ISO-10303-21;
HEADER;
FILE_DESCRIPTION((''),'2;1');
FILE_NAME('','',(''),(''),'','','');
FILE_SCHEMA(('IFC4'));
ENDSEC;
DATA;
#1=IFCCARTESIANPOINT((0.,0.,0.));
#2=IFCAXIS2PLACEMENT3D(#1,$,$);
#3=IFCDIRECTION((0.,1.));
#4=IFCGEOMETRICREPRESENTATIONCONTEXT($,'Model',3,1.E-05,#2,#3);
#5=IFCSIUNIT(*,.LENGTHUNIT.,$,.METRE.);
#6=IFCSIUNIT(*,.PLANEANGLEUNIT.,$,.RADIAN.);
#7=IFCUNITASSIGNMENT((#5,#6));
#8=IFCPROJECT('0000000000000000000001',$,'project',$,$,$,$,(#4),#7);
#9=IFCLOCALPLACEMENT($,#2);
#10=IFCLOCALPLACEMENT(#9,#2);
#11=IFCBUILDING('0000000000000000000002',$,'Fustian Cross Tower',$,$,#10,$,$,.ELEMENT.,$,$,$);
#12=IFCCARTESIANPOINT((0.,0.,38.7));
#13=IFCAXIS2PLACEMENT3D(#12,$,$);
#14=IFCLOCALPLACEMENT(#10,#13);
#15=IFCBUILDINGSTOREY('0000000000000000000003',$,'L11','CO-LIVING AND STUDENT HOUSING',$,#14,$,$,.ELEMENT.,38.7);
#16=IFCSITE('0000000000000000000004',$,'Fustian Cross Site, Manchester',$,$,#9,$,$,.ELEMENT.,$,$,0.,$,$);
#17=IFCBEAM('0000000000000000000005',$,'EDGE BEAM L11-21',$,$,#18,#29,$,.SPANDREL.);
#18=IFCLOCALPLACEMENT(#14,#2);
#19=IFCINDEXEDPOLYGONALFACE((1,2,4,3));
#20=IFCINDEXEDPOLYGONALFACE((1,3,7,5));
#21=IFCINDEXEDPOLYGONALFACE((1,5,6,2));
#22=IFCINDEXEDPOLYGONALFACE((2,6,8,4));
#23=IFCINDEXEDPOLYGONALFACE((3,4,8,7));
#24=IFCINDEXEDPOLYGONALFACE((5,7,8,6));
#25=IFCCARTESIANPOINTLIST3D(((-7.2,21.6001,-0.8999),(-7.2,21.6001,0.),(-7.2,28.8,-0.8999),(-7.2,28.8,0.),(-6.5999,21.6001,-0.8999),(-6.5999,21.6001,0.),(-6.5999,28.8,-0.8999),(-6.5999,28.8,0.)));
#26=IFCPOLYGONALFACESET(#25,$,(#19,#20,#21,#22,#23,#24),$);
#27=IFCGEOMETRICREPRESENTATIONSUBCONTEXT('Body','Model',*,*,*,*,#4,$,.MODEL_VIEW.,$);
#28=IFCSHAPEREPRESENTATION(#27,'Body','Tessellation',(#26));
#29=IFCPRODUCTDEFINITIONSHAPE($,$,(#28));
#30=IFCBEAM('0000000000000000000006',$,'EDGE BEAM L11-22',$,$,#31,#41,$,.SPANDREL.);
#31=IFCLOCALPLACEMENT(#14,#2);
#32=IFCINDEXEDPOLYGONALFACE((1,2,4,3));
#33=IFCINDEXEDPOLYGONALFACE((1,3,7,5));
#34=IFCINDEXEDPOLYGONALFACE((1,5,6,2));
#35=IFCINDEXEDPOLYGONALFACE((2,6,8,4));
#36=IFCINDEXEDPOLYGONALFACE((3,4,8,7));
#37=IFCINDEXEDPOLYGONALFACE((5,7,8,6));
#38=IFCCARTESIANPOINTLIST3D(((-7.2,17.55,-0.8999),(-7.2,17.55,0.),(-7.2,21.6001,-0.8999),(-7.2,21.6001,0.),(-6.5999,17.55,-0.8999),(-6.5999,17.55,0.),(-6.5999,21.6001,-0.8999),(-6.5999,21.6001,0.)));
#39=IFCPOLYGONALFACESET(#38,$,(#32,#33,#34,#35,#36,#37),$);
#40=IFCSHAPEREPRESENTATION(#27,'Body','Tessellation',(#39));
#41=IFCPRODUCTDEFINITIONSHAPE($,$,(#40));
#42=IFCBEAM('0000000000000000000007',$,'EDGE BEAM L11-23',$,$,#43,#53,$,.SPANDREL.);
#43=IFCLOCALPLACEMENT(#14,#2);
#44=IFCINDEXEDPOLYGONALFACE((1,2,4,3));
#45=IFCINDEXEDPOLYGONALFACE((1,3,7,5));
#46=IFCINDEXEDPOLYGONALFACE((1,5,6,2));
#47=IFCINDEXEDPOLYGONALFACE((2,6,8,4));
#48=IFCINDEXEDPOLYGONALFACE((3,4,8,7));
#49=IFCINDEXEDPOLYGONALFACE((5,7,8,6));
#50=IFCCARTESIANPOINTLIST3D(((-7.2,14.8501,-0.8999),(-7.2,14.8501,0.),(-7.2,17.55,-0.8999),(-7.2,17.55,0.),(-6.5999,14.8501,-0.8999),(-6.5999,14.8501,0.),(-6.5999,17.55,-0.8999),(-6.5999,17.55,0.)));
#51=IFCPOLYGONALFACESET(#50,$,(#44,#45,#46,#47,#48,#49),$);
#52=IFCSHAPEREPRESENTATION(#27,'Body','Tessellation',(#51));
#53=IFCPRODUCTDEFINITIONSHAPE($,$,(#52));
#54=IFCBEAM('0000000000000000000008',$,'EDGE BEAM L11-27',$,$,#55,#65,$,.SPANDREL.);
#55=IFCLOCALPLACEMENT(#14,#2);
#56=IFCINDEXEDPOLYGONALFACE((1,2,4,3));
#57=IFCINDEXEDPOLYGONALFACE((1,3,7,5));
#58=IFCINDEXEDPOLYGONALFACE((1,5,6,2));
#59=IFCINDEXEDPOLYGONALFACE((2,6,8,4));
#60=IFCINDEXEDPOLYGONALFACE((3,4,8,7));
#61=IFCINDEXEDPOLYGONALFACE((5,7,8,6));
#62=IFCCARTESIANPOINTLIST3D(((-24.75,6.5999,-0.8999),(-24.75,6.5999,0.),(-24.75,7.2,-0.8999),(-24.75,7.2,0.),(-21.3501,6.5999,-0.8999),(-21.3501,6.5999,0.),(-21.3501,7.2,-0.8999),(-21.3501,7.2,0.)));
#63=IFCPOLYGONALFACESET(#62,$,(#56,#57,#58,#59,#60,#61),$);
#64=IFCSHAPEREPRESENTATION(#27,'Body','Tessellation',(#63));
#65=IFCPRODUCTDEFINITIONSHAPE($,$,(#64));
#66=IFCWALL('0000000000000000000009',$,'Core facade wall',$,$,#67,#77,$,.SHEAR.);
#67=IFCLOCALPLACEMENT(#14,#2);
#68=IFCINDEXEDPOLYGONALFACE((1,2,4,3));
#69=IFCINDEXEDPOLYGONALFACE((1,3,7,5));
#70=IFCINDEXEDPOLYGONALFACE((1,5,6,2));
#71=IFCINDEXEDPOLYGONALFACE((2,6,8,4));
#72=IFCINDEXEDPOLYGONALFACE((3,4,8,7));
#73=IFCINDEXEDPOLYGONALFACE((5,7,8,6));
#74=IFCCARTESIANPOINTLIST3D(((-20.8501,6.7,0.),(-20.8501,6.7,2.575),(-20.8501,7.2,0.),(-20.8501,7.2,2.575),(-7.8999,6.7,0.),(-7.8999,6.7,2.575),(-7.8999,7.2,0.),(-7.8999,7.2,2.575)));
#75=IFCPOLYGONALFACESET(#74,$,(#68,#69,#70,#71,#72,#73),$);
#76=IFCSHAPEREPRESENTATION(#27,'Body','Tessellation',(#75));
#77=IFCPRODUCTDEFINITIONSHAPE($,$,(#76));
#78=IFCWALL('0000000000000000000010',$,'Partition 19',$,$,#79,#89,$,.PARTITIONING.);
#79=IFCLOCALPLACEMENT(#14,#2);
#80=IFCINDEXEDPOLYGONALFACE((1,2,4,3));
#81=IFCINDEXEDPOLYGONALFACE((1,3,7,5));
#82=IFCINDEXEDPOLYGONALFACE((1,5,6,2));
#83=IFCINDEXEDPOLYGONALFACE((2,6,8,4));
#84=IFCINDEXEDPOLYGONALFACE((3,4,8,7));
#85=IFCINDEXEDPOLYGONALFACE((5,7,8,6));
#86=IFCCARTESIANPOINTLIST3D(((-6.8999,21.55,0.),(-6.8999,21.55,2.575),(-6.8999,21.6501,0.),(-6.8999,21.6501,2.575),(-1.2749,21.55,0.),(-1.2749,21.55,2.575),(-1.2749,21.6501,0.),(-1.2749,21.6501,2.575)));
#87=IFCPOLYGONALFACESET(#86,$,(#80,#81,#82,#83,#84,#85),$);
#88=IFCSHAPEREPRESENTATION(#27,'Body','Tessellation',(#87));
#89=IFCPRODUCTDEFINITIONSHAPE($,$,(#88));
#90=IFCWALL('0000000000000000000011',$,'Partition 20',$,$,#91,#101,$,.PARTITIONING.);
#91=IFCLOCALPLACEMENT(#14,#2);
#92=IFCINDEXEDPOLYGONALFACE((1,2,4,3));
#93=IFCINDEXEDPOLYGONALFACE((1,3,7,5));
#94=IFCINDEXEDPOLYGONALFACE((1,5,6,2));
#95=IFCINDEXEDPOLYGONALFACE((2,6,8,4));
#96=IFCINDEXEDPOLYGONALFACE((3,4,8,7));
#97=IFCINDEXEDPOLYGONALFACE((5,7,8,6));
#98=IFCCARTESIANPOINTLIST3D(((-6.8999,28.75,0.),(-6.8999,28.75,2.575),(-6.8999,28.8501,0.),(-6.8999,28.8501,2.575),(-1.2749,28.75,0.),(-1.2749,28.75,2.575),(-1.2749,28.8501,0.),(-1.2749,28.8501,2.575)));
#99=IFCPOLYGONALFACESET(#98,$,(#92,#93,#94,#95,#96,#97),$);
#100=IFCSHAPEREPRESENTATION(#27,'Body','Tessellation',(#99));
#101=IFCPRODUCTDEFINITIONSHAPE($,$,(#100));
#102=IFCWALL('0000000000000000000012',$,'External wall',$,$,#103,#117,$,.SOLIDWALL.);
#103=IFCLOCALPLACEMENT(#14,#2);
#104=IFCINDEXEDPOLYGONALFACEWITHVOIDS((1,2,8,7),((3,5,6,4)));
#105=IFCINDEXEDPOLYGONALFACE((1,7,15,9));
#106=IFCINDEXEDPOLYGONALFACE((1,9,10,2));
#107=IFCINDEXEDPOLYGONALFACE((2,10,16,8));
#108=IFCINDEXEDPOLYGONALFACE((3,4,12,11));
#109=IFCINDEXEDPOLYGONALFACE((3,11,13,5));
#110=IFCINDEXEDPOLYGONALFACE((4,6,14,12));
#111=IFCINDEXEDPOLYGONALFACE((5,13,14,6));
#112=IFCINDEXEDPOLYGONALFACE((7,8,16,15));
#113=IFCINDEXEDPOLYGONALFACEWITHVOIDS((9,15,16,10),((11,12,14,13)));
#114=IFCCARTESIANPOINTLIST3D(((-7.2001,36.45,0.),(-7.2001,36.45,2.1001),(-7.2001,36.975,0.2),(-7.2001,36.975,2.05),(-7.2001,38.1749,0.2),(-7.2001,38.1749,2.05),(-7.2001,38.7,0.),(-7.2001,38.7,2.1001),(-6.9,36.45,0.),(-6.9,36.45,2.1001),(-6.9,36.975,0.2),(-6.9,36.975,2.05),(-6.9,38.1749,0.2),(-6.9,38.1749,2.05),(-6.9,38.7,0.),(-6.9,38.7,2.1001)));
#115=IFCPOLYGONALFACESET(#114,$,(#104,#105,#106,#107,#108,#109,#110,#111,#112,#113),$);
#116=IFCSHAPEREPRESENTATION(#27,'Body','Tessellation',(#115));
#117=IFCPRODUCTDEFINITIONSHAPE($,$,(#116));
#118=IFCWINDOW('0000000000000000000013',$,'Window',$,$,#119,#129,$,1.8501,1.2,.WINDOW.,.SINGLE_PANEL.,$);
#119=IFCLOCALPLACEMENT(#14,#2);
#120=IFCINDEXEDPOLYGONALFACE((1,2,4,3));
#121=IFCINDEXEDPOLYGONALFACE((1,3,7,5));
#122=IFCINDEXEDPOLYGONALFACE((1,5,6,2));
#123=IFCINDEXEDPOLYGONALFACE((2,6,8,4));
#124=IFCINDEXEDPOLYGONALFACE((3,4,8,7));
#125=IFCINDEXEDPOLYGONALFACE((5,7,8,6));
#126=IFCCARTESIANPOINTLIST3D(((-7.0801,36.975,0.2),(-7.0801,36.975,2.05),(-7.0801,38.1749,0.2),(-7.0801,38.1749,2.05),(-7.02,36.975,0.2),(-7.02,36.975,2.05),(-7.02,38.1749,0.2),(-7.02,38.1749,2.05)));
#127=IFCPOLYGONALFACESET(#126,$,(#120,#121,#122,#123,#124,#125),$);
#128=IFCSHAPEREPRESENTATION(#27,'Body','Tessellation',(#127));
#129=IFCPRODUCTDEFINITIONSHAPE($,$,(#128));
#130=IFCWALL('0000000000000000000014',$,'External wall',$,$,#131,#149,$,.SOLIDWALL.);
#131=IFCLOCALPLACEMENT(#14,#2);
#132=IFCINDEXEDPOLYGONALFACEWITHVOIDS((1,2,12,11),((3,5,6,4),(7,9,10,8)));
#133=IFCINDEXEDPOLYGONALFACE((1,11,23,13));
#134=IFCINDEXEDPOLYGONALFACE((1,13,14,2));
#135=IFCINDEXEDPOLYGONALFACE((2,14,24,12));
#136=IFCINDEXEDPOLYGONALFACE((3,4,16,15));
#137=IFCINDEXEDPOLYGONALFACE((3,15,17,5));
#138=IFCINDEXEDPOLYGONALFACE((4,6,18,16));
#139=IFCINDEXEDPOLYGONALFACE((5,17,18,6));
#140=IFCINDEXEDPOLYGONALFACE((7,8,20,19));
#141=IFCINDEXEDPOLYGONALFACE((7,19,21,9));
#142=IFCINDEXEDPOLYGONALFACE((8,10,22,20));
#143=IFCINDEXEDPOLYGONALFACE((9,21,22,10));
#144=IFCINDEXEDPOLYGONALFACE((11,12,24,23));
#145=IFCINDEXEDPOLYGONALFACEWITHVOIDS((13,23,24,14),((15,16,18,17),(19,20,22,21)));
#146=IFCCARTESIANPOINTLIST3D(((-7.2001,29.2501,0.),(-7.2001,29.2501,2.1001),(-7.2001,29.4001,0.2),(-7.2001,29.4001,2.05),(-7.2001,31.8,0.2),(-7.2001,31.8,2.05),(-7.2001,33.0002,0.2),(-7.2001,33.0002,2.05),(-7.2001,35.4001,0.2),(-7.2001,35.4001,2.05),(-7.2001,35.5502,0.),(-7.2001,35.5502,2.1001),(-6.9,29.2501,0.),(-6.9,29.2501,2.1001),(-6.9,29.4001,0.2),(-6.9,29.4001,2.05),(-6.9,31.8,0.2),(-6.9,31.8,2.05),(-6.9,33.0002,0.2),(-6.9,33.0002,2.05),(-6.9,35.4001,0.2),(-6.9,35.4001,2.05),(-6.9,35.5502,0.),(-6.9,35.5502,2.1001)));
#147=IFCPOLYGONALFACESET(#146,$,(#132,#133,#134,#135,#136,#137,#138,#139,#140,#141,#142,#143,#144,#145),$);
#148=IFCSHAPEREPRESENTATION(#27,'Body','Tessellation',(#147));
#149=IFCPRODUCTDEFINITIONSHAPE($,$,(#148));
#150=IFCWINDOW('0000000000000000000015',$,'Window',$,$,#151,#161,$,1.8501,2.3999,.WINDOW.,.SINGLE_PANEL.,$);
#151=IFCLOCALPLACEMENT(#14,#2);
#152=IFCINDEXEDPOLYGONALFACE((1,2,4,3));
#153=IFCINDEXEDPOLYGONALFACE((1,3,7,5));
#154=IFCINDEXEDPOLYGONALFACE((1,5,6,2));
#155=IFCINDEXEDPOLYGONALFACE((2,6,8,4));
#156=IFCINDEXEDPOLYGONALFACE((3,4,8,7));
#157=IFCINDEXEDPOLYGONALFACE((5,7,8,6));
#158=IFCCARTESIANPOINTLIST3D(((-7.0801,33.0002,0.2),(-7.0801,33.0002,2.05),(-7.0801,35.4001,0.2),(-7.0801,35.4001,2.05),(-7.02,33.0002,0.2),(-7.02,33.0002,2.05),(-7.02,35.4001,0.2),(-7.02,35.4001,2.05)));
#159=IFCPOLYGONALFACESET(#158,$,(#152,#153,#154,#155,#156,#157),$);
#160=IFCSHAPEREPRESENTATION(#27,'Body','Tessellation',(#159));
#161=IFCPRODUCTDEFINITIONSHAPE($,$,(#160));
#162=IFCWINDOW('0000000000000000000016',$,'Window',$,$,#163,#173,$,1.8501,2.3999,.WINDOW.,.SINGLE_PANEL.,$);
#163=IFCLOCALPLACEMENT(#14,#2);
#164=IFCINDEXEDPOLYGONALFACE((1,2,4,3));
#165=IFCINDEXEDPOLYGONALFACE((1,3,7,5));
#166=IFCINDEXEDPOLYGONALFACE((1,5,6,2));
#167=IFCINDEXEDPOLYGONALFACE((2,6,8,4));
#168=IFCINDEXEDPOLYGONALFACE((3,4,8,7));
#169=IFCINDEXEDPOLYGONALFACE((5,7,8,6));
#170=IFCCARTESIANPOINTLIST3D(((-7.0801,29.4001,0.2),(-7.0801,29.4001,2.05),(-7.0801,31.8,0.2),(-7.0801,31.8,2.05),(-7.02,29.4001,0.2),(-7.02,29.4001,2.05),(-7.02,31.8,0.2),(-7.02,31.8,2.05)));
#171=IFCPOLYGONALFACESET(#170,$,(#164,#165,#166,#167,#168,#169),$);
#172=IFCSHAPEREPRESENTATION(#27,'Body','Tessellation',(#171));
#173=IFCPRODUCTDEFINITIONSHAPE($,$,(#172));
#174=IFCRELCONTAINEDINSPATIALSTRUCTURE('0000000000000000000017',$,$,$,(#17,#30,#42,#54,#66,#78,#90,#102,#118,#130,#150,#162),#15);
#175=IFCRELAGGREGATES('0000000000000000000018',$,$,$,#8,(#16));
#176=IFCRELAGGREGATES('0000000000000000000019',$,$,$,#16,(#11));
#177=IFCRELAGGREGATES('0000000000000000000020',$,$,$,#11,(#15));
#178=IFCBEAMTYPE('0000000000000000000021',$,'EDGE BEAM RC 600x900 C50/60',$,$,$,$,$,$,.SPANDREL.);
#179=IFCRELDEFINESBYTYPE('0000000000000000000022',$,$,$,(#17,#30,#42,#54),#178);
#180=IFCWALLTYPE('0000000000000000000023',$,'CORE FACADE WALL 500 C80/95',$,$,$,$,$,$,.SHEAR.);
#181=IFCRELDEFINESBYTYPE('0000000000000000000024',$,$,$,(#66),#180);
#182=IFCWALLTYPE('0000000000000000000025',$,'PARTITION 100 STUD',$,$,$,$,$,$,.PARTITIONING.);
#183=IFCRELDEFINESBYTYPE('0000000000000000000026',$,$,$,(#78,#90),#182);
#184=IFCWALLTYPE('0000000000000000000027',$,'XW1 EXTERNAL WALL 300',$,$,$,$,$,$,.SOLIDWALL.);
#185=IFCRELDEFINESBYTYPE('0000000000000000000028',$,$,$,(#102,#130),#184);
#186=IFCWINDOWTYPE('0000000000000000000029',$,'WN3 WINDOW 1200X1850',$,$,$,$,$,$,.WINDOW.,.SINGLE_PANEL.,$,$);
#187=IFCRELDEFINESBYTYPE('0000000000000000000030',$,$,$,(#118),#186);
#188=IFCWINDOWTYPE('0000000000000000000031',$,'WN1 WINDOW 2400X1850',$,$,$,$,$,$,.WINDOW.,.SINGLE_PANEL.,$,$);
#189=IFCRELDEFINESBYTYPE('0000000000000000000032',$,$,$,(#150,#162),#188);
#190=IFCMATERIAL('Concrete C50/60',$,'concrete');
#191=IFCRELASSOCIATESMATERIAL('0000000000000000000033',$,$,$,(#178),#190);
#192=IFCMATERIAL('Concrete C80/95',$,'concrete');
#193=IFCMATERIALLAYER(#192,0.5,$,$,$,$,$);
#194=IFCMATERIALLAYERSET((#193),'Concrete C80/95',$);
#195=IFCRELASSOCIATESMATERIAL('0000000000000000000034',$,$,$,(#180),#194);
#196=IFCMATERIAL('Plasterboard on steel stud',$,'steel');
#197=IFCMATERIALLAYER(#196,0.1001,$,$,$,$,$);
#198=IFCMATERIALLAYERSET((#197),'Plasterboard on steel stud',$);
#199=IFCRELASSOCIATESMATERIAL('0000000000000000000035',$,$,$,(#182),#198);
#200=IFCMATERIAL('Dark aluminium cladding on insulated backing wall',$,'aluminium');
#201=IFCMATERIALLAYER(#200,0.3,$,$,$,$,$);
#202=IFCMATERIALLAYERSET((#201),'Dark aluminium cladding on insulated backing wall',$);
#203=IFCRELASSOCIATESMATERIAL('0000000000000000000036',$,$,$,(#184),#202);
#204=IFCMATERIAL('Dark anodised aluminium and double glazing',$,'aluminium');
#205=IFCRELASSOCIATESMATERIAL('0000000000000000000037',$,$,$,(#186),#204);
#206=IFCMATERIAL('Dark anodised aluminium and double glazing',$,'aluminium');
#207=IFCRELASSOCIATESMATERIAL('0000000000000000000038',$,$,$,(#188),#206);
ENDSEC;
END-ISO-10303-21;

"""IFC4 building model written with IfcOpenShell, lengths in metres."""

from ifc_helpers import new_model, si_unit, direction, frame, frame_2d, origin, origin_2d, place, context, subcontext, project, spatial, rectangle, extrude, material, layer, layer_set, material_profile, profile_set, type_object, element, fill, save


model = new_model("IFC4")

# Units and contexts
model_context = context("Model", 3, precision=1e-05, world=origin(), true_north=direction((0.0, 1.0)))
body_context = subcontext(model_context, "Body", "Model", "MODEL_VIEW")
ifc_project = project(units=[si_unit("LENGTHUNIT", "METRE"), si_unit("PLANEANGLEUNIT", "RADIAN")], contexts=[model_context])

# Site, building, storey
site_placement = place(None, origin())
site = spatial("IfcSite", under=ifc_project, at=site_placement, Name="Fustian Cross Site, Manchester", CompositionType="ELEMENT", RefElevation=0.0)
building_placement = place(site_placement, origin())
building = spatial("IfcBuilding", under=site, at=building_placement, Name="Fustian Cross Tower", CompositionType="ELEMENT")
storey_placement = place(building_placement, frame((0.0, 0.0, 38.7)))
storey = spatial("IfcBuildingStorey", under=building, at=storey_placement, Name="L11", Description="CO-LIVING AND STUDENT HOUSING", CompositionType="ELEMENT", Elevation=38.7)

# Beams
ifc_material_1 = material(Name="Concrete C50/60", Category="concrete")
ifc_material_profile = material_profile(ifc_material_1, rectangle(XDim=0.6001, YDim=0.8999, at=origin_2d()), Name="RC 600x900")
ifc_profile_set = profile_set([ifc_material_profile], Name="Concrete C50/60")
beam_type = type_object("IfcBeamType", Name="EDGE BEAM RC 600x900 C50/60", PredefinedType="SPANDREL", material=ifc_profile_set)
beam_1_placement = place(storey_placement, frame((-6.8999, 28.8, -0.45), z_axis=(0.0, -1.0, 0.0), x_axis=(1.0, 0.0, 0.0)))
element("IfcBeam", 1, at=beam_1_placement, inside=storey, type_object=beam_type, Name="EDGE BEAM L11-21", PredefinedType="SPANDREL", context=body_context, shape_type="SweptSolid", body=[
    extrude(rectangle(XDim=0.6001, YDim=0.8999, at=origin_2d()), origin(), (0.0, 0.0, 1.0), 7.2),
])
beam_2_placement = place(storey_placement, frame((-6.8999, 21.6001, -0.45), z_axis=(0.0, -1.0, 0.0), x_axis=(1.0, 0.0, 0.0)))
element("IfcBeam", 2, at=beam_2_placement, inside=storey, type_object=beam_type, Name="EDGE BEAM L11-22", PredefinedType="SPANDREL", context=body_context, shape_type="SweptSolid", body=[
    extrude(rectangle(XDim=0.6001, YDim=0.8999, at=origin_2d()), origin(), (0.0, 0.0, 1.0), 4.05),
])
beam_3_placement = place(storey_placement, frame((-6.8999, 17.55, -0.45), z_axis=(0.0, -1.0, 0.0), x_axis=(1.0, 0.0, 0.0)))
element("IfcBeam", 3, at=beam_3_placement, inside=storey, type_object=beam_type, Name="EDGE BEAM L11-23", PredefinedType="SPANDREL", context=body_context, shape_type="SweptSolid", body=[
    extrude(rectangle(XDim=0.6001, YDim=0.8999, at=origin_2d()), origin(), (0.0, 0.0, 1.0), 2.7),
])
beam_4_placement = place(storey_placement, frame((-21.3501, 6.8999, -0.45), z_axis=(-1.0, 0.0, 0.0), x_axis=(0.0, -1.0, 0.0)))
element("IfcBeam", 4, at=beam_4_placement, inside=storey, type_object=beam_type, Name="EDGE BEAM L11-27", PredefinedType="SPANDREL", context=body_context, shape_type="SweptSolid", body=[
    extrude(rectangle(XDim=0.6001, YDim=0.8999, at=origin_2d()), origin(), (0.0, 0.0, 1.0), 3.3999),
])

# Walls
ifc_material_2 = material(Name="Concrete C80/95", Category="concrete")
ifc_layer_1 = layer(ifc_material_2, 0.5)
ifc_layer_set_1 = layer_set([ifc_layer_1], Name="Concrete C80/95")
wall_type_1 = type_object("IfcWallType", Name="CORE FACADE WALL 500 C80/95", PredefinedType="SHEAR", material=ifc_layer_set_1)
wall_1_placement = place(storey_placement, frame((-7.8999, 6.95, 0.0), z_axis=(0.0, 0.0, 1.0), x_axis=(-1.0, 0.0, 0.0)))
element("IfcWall", 5, at=wall_1_placement, inside=storey, type_object=wall_type_1, Name="Core facade wall", PredefinedType="SHEAR", context=body_context, shape_type="SweptSolid", body=[
    extrude(rectangle(XDim=12.9502, YDim=0.5, at=frame_2d((6.4751, 0.0))), origin(), (0.0, 0.0, 1.0), 2.575),
])
ifc_material_3 = material(Name="Plasterboard on steel stud", Category="steel")
ifc_layer_2 = layer(ifc_material_3, 0.1001)
ifc_layer_set_2 = layer_set([ifc_layer_2], Name="Plasterboard on steel stud")
wall_type_2 = type_object("IfcWallType", Name="PARTITION 100 STUD", PredefinedType="PARTITIONING", material=ifc_layer_set_2)
for number, where, z_axis, x_axis, name in (
    (6, (-6.8999, 21.6001, 0.0), (0.0, 0.0, 1.0), (1.0, 0.0, 0.0), "Partition 19"),
    (7, (-6.8999, 28.8, 0.0), (0.0, 0.0, 1.0), (1.0, 0.0, 0.0), "Partition 20"),
):
    element("IfcWall", number, at=place(storey_placement, frame(where, z_axis=z_axis, x_axis=x_axis)), inside=storey, type_object=wall_type_2, Name=name, PredefinedType="PARTITIONING", context=body_context, shape_type="SweptSolid", body=[
        extrude(rectangle(XDim=5.625, YDim=0.1001, at=frame_2d((2.8125, 0.0))), origin(), (0.0, 0.0, 1.0), 2.575),
    ])

# Wall, opening, window
ifc_material_4 = material(Name="Dark aluminium cladding on insulated backing wall", Category="aluminium")
ifc_layer_3 = layer(ifc_material_4, 0.3)
ifc_layer_set_3 = layer_set([ifc_layer_3], Name="Dark aluminium cladding on insulated backing wall")
wall_type_3 = type_object("IfcWallType", Name="XW1 EXTERNAL WALL 300", PredefinedType="SOLIDWALL", material=ifc_layer_set_3)
wall_2_placement = place(storey_placement, frame((-7.05, 38.7, 0.0), z_axis=(0.0, 0.0, 1.0), x_axis=(0.0, -1.0, 0.0)))
wall_2 = element("IfcWall", 8, at=wall_2_placement, inside=storey, type_object=wall_type_3, Name="External wall", PredefinedType="SOLIDWALL", context=body_context, shape_type="SweptSolid", body=[
    extrude(rectangle(XDim=2.25, YDim=0.3, at=frame_2d((1.125, 0.0))), origin(), (0.0, 0.0, 1.0), 2.1001),
])
opening_1_placement = place(wall_2_placement, frame((0.5249, 0.0, 0.2)))
opening_1 = element("IfcOpeningElement", 9, at=opening_1_placement, cuts=wall_2, PredefinedType="OPENING", context=body_context, shape_type="SweptSolid", body=[
    extrude(rectangle(XDim=1.2, YDim=1.8501, at=frame_2d((0.6001, 0.925))), frame((0.0, 0.1599, 0.0), z_axis=(0.0, -1.0, 0.0), x_axis=(1.0, 0.0, 0.0)), (0.0, 0.0, 1.0), 0.3201),
])
ifc_material_5 = material(Name="Dark anodised aluminium and double glazing", Category="aluminium")
window_type_1 = type_object("IfcWindowType", Name="WN3 WINDOW 1200X1850", PartitioningType="SINGLE_PANEL", PredefinedType="WINDOW", material=ifc_material_5)
window_1_placement = place(opening_1_placement, origin())
window_1 = element("IfcWindow", 10, at=window_1_placement, inside=storey, type_object=window_type_1, Name="Window", OverallHeight=1.8501, OverallWidth=1.2, PartitioningType="SINGLE_PANEL", PredefinedType="WINDOW", context=body_context, shape_type="SweptSolid", body=[
    extrude(rectangle(XDim=1.2, YDim=1.8501, at=frame_2d((0.6001, 0.925))), frame((0.0, 0.03, 0.0), z_axis=(0.0, -1.0, 0.0), x_axis=(1.0, 0.0, 0.0)), (0.0, 0.0, 1.0), 0.0601),
])
fill(opening_1, window_1)

# Wall, openings, windows
wall_3_placement = place(storey_placement, frame((-7.05, 35.55, 0.0), z_axis=(0.0, 0.0, 1.0), x_axis=(0.0, -1.0, 0.0)))
wall_3 = element("IfcWall", 11, at=wall_3_placement, inside=storey, type_object=wall_type_3, Name="External wall", PredefinedType="SOLIDWALL", context=body_context, shape_type="SweptSolid", body=[
    extrude(rectangle(XDim=6.3, YDim=0.3, at=frame_2d((3.1499, 0.0))), origin(), (0.0, 0.0, 1.0), 2.1001),
])
opening_2_placement = place(wall_3_placement, frame((0.1499, 0.0, 0.2)))
opening_2 = element("IfcOpeningElement", 12, at=opening_2_placement, cuts=wall_3, PredefinedType="OPENING", context=body_context, shape_type="SweptSolid", body=[
    extrude(rectangle(XDim=2.3999, YDim=1.8501, at=frame_2d((1.2, 0.925))), frame((0.0, 0.1599, 0.0), z_axis=(0.0, -1.0, 0.0), x_axis=(1.0, 0.0, 0.0)), (0.0, 0.0, 1.0), 0.3201),
])
opening_3_placement = place(wall_3_placement, frame((3.75, 0.0, 0.2)))
opening_3 = element("IfcOpeningElement", 13, at=opening_3_placement, cuts=wall_3, PredefinedType="OPENING", context=body_context, shape_type="SweptSolid", body=[
    extrude(rectangle(XDim=2.3999, YDim=1.8501, at=frame_2d((1.2, 0.925))), frame((0.0, 0.1599, 0.0), z_axis=(0.0, -1.0, 0.0), x_axis=(1.0, 0.0, 0.0)), (0.0, 0.0, 1.0), 0.3201),
])
ifc_material_6 = material(Name="Dark anodised aluminium and double glazing", Category="aluminium")
window_type_2 = type_object("IfcWindowType", Name="WN1 WINDOW 2400X1850", PartitioningType="SINGLE_PANEL", PredefinedType="WINDOW", material=ifc_material_6)
window_2_placement = place(opening_2_placement, origin())
window_2 = element("IfcWindow", 14, at=window_2_placement, inside=storey, type_object=window_type_2, Name="Window", OverallHeight=1.8501, OverallWidth=2.3999, PartitioningType="SINGLE_PANEL", PredefinedType="WINDOW", context=body_context, shape_type="SweptSolid", body=[
    extrude(rectangle(XDim=2.3999, YDim=1.8501, at=frame_2d((1.2, 0.925))), frame((0.0, 0.03, 0.0), z_axis=(0.0, -1.0, 0.0), x_axis=(1.0, 0.0, 0.0)), (0.0, 0.0, 1.0), 0.0601),
])
fill(opening_2, window_2)
window_3_placement = place(opening_3_placement, origin())
window_3 = element("IfcWindow", 15, at=window_3_placement, inside=storey, type_object=window_type_2, Name="Window", OverallHeight=1.8501, OverallWidth=2.3999, PartitioningType="SINGLE_PANEL", PredefinedType="WINDOW", context=body_context, shape_type="SweptSolid", body=[
    extrude(rectangle(XDim=2.3999, YDim=1.8501, at=frame_2d((1.2, 0.925))), frame((0.0, 0.03, 0.0), z_axis=(0.0, -1.0, 0.0), x_axis=(1.0, 0.0, 0.0)), (0.0, 0.0, 1.0), 0.0601),
])
fill(opening_3, window_3)

save(model, "model.ifc")
